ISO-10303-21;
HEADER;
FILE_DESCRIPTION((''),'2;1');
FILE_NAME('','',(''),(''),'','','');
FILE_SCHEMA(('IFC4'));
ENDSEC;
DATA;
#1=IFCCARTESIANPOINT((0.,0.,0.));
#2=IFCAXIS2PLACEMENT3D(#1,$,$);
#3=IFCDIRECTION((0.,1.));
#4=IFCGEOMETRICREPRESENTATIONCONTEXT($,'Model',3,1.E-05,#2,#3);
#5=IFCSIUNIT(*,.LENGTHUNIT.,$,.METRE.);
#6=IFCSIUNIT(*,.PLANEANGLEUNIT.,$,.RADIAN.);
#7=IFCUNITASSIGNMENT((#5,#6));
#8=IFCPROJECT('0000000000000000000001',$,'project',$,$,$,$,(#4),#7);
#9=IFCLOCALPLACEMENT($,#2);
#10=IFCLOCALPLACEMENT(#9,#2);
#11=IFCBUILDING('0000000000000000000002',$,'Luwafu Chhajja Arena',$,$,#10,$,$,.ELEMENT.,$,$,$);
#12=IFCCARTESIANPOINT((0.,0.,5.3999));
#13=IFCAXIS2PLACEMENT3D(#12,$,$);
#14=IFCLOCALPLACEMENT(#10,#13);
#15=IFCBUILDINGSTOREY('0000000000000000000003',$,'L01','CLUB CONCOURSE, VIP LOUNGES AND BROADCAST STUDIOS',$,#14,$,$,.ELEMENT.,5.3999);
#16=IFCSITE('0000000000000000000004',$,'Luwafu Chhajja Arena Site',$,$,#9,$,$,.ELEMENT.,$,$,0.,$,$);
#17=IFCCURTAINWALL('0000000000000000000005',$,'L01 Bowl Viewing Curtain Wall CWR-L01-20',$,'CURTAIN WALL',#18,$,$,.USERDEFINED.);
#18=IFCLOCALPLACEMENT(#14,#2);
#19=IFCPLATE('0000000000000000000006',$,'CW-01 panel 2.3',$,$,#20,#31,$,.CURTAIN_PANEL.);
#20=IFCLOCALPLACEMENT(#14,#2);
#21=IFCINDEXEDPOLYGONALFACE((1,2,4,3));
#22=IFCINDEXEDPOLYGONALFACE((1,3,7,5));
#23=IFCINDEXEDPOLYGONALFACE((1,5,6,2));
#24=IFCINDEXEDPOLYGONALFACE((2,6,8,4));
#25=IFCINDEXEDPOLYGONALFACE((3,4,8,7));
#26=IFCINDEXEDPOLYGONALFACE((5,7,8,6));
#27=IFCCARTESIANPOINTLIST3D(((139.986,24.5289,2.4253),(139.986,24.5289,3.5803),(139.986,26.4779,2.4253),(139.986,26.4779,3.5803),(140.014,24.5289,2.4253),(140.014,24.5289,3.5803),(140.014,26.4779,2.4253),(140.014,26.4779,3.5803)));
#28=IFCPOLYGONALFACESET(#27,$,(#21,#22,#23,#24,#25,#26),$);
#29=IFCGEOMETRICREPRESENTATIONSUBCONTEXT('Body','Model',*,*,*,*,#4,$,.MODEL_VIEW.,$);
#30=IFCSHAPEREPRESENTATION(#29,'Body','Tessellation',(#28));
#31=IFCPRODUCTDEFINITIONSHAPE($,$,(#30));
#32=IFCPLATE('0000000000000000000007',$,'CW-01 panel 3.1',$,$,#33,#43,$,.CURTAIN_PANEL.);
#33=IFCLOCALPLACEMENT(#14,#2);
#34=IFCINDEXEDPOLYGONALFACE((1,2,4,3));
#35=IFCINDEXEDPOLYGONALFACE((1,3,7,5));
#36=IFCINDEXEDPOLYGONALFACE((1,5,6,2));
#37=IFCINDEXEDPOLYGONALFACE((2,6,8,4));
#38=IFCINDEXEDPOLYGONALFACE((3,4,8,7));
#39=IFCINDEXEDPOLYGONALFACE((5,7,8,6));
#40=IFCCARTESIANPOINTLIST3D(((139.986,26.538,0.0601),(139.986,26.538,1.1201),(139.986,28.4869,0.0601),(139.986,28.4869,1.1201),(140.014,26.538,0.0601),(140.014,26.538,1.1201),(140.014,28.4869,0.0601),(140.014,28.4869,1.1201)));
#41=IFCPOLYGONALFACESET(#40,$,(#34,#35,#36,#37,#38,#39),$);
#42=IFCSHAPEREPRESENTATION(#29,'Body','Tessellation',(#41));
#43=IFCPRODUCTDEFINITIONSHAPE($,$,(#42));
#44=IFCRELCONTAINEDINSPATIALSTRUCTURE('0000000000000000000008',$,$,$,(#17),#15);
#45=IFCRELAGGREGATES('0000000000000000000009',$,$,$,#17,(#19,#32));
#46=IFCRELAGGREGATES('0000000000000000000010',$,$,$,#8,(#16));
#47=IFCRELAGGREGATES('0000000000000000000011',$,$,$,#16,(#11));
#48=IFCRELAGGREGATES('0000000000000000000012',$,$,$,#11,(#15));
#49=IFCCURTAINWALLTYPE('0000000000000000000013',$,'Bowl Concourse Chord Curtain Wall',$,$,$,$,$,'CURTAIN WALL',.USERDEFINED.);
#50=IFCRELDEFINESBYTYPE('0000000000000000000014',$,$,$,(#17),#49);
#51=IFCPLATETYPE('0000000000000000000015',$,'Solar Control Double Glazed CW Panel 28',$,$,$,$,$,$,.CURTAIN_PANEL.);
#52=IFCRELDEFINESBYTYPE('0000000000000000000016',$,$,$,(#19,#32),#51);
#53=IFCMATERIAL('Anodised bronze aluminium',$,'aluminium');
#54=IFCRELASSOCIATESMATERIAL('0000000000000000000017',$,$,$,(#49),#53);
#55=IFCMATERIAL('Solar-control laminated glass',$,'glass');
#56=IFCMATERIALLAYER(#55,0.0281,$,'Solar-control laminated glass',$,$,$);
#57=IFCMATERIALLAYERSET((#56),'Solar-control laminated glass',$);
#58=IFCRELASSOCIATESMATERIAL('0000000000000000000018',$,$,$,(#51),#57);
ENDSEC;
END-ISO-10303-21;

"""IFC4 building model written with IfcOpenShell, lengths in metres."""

from ifc_helpers import new_model, si_unit, direction, frame, origin, origin_2d, place, context, subcontext, project, spatial, rectangle, extrude, material, layer, layer_set, type_object, element, aggregate, save


model = new_model("IFC4")

# Units and contexts
model_context = context("Model", 3, precision=1e-05, world=origin(), true_north=direction((0.0, 1.0)))
body_context = subcontext(model_context, "Body", "Model", "MODEL_VIEW")
ifc_project = project(units=[si_unit("LENGTHUNIT", "METRE"), si_unit("PLANEANGLEUNIT", "RADIAN")], contexts=[model_context])

# Site, building, storey
site_placement = place(None, origin())
site = spatial("IfcSite", under=ifc_project, at=site_placement, Name="Luwafu Chhajja Arena Site", CompositionType="ELEMENT", RefElevation=0.0)
building_placement = place(site_placement, origin())
building = spatial("IfcBuilding", under=site, at=building_placement, Name="Luwafu Chhajja Arena", CompositionType="ELEMENT")
storey_placement = place(building_placement, frame((0.0, 0.0, 5.3999)))
storey = spatial("IfcBuildingStorey", under=building, at=storey_placement, Name="L01", Description="CLUB CONCOURSE, VIP LOUNGES AND BROADCAST STUDIOS", CompositionType="ELEMENT", Elevation=5.3999)

# Shared definitions
ifc_material_1 = material(Name="Anodised bronze aluminium", Category="aluminium")
curtain_wall_type = type_object("IfcCurtainWallType", Name="Bowl Concourse Chord Curtain Wall", ElementType="CURTAIN WALL", PredefinedType="USERDEFINED", material=ifc_material_1)

# Curtain wall
curtain_wall_1_placement = place(storey_placement, origin())
curtain_wall_1 = element("IfcCurtainWall", 1, at=curtain_wall_1_placement, inside=storey, type_object=curtain_wall_type, Name="L01 Bowl Viewing Curtain Wall CWR-L01-20", ObjectType="CURTAIN WALL", PredefinedType="USERDEFINED")

# Plates
ifc_material_2 = material(Name="Solar-control laminated glass", Category="glass")
ifc_layer_1 = layer(ifc_material_2, 0.0281, Name="Solar-control laminated glass")
ifc_layer_set_1 = layer_set([ifc_layer_1], Name="Solar-control laminated glass")
plate_type_1 = type_object("IfcPlateType", Name="Solar Control Double Glazed CW Panel 28", PredefinedType="CURTAIN_PANEL", material=ifc_layer_set_1)
plate_1_placement = place(storey_placement, frame((140.0, 25.5034, 2.4253), z_axis=(0.0, 0.0, 1.0), x_axis=(0.0, 1.0, 0.0)))
plate_1 = element("IfcPlate", 2, at=plate_1_placement, type_object=plate_type_1, Name="CW-01 panel 2.3", PredefinedType="CURTAIN_PANEL", context=body_context, shape_type="SweptSolid", body=[
    extrude(rectangle(XDim=1.949, YDim=0.0281, at=origin_2d()), origin(), (0.0, 0.0, 1.0), 1.155),
])
plate_2_placement = place(storey_placement, frame((140.0, 27.5125, 0.0601), z_axis=(0.0, 0.0, 1.0), x_axis=(0.0, 1.0, 0.0)))
plate_2 = element("IfcPlate", 3, at=plate_2_placement, type_object=plate_type_1, Name="CW-01 panel 3.1", PredefinedType="CURTAIN_PANEL", context=body_context, shape_type="SweptSolid", body=[
    extrude(rectangle(XDim=1.949, YDim=0.0281, at=origin_2d()), origin(), (0.0, 0.0, 1.0), 1.0601),
])
aggregate(curtain_wall_1, [plate_1, plate_2])

save(model, "model.ifc")
